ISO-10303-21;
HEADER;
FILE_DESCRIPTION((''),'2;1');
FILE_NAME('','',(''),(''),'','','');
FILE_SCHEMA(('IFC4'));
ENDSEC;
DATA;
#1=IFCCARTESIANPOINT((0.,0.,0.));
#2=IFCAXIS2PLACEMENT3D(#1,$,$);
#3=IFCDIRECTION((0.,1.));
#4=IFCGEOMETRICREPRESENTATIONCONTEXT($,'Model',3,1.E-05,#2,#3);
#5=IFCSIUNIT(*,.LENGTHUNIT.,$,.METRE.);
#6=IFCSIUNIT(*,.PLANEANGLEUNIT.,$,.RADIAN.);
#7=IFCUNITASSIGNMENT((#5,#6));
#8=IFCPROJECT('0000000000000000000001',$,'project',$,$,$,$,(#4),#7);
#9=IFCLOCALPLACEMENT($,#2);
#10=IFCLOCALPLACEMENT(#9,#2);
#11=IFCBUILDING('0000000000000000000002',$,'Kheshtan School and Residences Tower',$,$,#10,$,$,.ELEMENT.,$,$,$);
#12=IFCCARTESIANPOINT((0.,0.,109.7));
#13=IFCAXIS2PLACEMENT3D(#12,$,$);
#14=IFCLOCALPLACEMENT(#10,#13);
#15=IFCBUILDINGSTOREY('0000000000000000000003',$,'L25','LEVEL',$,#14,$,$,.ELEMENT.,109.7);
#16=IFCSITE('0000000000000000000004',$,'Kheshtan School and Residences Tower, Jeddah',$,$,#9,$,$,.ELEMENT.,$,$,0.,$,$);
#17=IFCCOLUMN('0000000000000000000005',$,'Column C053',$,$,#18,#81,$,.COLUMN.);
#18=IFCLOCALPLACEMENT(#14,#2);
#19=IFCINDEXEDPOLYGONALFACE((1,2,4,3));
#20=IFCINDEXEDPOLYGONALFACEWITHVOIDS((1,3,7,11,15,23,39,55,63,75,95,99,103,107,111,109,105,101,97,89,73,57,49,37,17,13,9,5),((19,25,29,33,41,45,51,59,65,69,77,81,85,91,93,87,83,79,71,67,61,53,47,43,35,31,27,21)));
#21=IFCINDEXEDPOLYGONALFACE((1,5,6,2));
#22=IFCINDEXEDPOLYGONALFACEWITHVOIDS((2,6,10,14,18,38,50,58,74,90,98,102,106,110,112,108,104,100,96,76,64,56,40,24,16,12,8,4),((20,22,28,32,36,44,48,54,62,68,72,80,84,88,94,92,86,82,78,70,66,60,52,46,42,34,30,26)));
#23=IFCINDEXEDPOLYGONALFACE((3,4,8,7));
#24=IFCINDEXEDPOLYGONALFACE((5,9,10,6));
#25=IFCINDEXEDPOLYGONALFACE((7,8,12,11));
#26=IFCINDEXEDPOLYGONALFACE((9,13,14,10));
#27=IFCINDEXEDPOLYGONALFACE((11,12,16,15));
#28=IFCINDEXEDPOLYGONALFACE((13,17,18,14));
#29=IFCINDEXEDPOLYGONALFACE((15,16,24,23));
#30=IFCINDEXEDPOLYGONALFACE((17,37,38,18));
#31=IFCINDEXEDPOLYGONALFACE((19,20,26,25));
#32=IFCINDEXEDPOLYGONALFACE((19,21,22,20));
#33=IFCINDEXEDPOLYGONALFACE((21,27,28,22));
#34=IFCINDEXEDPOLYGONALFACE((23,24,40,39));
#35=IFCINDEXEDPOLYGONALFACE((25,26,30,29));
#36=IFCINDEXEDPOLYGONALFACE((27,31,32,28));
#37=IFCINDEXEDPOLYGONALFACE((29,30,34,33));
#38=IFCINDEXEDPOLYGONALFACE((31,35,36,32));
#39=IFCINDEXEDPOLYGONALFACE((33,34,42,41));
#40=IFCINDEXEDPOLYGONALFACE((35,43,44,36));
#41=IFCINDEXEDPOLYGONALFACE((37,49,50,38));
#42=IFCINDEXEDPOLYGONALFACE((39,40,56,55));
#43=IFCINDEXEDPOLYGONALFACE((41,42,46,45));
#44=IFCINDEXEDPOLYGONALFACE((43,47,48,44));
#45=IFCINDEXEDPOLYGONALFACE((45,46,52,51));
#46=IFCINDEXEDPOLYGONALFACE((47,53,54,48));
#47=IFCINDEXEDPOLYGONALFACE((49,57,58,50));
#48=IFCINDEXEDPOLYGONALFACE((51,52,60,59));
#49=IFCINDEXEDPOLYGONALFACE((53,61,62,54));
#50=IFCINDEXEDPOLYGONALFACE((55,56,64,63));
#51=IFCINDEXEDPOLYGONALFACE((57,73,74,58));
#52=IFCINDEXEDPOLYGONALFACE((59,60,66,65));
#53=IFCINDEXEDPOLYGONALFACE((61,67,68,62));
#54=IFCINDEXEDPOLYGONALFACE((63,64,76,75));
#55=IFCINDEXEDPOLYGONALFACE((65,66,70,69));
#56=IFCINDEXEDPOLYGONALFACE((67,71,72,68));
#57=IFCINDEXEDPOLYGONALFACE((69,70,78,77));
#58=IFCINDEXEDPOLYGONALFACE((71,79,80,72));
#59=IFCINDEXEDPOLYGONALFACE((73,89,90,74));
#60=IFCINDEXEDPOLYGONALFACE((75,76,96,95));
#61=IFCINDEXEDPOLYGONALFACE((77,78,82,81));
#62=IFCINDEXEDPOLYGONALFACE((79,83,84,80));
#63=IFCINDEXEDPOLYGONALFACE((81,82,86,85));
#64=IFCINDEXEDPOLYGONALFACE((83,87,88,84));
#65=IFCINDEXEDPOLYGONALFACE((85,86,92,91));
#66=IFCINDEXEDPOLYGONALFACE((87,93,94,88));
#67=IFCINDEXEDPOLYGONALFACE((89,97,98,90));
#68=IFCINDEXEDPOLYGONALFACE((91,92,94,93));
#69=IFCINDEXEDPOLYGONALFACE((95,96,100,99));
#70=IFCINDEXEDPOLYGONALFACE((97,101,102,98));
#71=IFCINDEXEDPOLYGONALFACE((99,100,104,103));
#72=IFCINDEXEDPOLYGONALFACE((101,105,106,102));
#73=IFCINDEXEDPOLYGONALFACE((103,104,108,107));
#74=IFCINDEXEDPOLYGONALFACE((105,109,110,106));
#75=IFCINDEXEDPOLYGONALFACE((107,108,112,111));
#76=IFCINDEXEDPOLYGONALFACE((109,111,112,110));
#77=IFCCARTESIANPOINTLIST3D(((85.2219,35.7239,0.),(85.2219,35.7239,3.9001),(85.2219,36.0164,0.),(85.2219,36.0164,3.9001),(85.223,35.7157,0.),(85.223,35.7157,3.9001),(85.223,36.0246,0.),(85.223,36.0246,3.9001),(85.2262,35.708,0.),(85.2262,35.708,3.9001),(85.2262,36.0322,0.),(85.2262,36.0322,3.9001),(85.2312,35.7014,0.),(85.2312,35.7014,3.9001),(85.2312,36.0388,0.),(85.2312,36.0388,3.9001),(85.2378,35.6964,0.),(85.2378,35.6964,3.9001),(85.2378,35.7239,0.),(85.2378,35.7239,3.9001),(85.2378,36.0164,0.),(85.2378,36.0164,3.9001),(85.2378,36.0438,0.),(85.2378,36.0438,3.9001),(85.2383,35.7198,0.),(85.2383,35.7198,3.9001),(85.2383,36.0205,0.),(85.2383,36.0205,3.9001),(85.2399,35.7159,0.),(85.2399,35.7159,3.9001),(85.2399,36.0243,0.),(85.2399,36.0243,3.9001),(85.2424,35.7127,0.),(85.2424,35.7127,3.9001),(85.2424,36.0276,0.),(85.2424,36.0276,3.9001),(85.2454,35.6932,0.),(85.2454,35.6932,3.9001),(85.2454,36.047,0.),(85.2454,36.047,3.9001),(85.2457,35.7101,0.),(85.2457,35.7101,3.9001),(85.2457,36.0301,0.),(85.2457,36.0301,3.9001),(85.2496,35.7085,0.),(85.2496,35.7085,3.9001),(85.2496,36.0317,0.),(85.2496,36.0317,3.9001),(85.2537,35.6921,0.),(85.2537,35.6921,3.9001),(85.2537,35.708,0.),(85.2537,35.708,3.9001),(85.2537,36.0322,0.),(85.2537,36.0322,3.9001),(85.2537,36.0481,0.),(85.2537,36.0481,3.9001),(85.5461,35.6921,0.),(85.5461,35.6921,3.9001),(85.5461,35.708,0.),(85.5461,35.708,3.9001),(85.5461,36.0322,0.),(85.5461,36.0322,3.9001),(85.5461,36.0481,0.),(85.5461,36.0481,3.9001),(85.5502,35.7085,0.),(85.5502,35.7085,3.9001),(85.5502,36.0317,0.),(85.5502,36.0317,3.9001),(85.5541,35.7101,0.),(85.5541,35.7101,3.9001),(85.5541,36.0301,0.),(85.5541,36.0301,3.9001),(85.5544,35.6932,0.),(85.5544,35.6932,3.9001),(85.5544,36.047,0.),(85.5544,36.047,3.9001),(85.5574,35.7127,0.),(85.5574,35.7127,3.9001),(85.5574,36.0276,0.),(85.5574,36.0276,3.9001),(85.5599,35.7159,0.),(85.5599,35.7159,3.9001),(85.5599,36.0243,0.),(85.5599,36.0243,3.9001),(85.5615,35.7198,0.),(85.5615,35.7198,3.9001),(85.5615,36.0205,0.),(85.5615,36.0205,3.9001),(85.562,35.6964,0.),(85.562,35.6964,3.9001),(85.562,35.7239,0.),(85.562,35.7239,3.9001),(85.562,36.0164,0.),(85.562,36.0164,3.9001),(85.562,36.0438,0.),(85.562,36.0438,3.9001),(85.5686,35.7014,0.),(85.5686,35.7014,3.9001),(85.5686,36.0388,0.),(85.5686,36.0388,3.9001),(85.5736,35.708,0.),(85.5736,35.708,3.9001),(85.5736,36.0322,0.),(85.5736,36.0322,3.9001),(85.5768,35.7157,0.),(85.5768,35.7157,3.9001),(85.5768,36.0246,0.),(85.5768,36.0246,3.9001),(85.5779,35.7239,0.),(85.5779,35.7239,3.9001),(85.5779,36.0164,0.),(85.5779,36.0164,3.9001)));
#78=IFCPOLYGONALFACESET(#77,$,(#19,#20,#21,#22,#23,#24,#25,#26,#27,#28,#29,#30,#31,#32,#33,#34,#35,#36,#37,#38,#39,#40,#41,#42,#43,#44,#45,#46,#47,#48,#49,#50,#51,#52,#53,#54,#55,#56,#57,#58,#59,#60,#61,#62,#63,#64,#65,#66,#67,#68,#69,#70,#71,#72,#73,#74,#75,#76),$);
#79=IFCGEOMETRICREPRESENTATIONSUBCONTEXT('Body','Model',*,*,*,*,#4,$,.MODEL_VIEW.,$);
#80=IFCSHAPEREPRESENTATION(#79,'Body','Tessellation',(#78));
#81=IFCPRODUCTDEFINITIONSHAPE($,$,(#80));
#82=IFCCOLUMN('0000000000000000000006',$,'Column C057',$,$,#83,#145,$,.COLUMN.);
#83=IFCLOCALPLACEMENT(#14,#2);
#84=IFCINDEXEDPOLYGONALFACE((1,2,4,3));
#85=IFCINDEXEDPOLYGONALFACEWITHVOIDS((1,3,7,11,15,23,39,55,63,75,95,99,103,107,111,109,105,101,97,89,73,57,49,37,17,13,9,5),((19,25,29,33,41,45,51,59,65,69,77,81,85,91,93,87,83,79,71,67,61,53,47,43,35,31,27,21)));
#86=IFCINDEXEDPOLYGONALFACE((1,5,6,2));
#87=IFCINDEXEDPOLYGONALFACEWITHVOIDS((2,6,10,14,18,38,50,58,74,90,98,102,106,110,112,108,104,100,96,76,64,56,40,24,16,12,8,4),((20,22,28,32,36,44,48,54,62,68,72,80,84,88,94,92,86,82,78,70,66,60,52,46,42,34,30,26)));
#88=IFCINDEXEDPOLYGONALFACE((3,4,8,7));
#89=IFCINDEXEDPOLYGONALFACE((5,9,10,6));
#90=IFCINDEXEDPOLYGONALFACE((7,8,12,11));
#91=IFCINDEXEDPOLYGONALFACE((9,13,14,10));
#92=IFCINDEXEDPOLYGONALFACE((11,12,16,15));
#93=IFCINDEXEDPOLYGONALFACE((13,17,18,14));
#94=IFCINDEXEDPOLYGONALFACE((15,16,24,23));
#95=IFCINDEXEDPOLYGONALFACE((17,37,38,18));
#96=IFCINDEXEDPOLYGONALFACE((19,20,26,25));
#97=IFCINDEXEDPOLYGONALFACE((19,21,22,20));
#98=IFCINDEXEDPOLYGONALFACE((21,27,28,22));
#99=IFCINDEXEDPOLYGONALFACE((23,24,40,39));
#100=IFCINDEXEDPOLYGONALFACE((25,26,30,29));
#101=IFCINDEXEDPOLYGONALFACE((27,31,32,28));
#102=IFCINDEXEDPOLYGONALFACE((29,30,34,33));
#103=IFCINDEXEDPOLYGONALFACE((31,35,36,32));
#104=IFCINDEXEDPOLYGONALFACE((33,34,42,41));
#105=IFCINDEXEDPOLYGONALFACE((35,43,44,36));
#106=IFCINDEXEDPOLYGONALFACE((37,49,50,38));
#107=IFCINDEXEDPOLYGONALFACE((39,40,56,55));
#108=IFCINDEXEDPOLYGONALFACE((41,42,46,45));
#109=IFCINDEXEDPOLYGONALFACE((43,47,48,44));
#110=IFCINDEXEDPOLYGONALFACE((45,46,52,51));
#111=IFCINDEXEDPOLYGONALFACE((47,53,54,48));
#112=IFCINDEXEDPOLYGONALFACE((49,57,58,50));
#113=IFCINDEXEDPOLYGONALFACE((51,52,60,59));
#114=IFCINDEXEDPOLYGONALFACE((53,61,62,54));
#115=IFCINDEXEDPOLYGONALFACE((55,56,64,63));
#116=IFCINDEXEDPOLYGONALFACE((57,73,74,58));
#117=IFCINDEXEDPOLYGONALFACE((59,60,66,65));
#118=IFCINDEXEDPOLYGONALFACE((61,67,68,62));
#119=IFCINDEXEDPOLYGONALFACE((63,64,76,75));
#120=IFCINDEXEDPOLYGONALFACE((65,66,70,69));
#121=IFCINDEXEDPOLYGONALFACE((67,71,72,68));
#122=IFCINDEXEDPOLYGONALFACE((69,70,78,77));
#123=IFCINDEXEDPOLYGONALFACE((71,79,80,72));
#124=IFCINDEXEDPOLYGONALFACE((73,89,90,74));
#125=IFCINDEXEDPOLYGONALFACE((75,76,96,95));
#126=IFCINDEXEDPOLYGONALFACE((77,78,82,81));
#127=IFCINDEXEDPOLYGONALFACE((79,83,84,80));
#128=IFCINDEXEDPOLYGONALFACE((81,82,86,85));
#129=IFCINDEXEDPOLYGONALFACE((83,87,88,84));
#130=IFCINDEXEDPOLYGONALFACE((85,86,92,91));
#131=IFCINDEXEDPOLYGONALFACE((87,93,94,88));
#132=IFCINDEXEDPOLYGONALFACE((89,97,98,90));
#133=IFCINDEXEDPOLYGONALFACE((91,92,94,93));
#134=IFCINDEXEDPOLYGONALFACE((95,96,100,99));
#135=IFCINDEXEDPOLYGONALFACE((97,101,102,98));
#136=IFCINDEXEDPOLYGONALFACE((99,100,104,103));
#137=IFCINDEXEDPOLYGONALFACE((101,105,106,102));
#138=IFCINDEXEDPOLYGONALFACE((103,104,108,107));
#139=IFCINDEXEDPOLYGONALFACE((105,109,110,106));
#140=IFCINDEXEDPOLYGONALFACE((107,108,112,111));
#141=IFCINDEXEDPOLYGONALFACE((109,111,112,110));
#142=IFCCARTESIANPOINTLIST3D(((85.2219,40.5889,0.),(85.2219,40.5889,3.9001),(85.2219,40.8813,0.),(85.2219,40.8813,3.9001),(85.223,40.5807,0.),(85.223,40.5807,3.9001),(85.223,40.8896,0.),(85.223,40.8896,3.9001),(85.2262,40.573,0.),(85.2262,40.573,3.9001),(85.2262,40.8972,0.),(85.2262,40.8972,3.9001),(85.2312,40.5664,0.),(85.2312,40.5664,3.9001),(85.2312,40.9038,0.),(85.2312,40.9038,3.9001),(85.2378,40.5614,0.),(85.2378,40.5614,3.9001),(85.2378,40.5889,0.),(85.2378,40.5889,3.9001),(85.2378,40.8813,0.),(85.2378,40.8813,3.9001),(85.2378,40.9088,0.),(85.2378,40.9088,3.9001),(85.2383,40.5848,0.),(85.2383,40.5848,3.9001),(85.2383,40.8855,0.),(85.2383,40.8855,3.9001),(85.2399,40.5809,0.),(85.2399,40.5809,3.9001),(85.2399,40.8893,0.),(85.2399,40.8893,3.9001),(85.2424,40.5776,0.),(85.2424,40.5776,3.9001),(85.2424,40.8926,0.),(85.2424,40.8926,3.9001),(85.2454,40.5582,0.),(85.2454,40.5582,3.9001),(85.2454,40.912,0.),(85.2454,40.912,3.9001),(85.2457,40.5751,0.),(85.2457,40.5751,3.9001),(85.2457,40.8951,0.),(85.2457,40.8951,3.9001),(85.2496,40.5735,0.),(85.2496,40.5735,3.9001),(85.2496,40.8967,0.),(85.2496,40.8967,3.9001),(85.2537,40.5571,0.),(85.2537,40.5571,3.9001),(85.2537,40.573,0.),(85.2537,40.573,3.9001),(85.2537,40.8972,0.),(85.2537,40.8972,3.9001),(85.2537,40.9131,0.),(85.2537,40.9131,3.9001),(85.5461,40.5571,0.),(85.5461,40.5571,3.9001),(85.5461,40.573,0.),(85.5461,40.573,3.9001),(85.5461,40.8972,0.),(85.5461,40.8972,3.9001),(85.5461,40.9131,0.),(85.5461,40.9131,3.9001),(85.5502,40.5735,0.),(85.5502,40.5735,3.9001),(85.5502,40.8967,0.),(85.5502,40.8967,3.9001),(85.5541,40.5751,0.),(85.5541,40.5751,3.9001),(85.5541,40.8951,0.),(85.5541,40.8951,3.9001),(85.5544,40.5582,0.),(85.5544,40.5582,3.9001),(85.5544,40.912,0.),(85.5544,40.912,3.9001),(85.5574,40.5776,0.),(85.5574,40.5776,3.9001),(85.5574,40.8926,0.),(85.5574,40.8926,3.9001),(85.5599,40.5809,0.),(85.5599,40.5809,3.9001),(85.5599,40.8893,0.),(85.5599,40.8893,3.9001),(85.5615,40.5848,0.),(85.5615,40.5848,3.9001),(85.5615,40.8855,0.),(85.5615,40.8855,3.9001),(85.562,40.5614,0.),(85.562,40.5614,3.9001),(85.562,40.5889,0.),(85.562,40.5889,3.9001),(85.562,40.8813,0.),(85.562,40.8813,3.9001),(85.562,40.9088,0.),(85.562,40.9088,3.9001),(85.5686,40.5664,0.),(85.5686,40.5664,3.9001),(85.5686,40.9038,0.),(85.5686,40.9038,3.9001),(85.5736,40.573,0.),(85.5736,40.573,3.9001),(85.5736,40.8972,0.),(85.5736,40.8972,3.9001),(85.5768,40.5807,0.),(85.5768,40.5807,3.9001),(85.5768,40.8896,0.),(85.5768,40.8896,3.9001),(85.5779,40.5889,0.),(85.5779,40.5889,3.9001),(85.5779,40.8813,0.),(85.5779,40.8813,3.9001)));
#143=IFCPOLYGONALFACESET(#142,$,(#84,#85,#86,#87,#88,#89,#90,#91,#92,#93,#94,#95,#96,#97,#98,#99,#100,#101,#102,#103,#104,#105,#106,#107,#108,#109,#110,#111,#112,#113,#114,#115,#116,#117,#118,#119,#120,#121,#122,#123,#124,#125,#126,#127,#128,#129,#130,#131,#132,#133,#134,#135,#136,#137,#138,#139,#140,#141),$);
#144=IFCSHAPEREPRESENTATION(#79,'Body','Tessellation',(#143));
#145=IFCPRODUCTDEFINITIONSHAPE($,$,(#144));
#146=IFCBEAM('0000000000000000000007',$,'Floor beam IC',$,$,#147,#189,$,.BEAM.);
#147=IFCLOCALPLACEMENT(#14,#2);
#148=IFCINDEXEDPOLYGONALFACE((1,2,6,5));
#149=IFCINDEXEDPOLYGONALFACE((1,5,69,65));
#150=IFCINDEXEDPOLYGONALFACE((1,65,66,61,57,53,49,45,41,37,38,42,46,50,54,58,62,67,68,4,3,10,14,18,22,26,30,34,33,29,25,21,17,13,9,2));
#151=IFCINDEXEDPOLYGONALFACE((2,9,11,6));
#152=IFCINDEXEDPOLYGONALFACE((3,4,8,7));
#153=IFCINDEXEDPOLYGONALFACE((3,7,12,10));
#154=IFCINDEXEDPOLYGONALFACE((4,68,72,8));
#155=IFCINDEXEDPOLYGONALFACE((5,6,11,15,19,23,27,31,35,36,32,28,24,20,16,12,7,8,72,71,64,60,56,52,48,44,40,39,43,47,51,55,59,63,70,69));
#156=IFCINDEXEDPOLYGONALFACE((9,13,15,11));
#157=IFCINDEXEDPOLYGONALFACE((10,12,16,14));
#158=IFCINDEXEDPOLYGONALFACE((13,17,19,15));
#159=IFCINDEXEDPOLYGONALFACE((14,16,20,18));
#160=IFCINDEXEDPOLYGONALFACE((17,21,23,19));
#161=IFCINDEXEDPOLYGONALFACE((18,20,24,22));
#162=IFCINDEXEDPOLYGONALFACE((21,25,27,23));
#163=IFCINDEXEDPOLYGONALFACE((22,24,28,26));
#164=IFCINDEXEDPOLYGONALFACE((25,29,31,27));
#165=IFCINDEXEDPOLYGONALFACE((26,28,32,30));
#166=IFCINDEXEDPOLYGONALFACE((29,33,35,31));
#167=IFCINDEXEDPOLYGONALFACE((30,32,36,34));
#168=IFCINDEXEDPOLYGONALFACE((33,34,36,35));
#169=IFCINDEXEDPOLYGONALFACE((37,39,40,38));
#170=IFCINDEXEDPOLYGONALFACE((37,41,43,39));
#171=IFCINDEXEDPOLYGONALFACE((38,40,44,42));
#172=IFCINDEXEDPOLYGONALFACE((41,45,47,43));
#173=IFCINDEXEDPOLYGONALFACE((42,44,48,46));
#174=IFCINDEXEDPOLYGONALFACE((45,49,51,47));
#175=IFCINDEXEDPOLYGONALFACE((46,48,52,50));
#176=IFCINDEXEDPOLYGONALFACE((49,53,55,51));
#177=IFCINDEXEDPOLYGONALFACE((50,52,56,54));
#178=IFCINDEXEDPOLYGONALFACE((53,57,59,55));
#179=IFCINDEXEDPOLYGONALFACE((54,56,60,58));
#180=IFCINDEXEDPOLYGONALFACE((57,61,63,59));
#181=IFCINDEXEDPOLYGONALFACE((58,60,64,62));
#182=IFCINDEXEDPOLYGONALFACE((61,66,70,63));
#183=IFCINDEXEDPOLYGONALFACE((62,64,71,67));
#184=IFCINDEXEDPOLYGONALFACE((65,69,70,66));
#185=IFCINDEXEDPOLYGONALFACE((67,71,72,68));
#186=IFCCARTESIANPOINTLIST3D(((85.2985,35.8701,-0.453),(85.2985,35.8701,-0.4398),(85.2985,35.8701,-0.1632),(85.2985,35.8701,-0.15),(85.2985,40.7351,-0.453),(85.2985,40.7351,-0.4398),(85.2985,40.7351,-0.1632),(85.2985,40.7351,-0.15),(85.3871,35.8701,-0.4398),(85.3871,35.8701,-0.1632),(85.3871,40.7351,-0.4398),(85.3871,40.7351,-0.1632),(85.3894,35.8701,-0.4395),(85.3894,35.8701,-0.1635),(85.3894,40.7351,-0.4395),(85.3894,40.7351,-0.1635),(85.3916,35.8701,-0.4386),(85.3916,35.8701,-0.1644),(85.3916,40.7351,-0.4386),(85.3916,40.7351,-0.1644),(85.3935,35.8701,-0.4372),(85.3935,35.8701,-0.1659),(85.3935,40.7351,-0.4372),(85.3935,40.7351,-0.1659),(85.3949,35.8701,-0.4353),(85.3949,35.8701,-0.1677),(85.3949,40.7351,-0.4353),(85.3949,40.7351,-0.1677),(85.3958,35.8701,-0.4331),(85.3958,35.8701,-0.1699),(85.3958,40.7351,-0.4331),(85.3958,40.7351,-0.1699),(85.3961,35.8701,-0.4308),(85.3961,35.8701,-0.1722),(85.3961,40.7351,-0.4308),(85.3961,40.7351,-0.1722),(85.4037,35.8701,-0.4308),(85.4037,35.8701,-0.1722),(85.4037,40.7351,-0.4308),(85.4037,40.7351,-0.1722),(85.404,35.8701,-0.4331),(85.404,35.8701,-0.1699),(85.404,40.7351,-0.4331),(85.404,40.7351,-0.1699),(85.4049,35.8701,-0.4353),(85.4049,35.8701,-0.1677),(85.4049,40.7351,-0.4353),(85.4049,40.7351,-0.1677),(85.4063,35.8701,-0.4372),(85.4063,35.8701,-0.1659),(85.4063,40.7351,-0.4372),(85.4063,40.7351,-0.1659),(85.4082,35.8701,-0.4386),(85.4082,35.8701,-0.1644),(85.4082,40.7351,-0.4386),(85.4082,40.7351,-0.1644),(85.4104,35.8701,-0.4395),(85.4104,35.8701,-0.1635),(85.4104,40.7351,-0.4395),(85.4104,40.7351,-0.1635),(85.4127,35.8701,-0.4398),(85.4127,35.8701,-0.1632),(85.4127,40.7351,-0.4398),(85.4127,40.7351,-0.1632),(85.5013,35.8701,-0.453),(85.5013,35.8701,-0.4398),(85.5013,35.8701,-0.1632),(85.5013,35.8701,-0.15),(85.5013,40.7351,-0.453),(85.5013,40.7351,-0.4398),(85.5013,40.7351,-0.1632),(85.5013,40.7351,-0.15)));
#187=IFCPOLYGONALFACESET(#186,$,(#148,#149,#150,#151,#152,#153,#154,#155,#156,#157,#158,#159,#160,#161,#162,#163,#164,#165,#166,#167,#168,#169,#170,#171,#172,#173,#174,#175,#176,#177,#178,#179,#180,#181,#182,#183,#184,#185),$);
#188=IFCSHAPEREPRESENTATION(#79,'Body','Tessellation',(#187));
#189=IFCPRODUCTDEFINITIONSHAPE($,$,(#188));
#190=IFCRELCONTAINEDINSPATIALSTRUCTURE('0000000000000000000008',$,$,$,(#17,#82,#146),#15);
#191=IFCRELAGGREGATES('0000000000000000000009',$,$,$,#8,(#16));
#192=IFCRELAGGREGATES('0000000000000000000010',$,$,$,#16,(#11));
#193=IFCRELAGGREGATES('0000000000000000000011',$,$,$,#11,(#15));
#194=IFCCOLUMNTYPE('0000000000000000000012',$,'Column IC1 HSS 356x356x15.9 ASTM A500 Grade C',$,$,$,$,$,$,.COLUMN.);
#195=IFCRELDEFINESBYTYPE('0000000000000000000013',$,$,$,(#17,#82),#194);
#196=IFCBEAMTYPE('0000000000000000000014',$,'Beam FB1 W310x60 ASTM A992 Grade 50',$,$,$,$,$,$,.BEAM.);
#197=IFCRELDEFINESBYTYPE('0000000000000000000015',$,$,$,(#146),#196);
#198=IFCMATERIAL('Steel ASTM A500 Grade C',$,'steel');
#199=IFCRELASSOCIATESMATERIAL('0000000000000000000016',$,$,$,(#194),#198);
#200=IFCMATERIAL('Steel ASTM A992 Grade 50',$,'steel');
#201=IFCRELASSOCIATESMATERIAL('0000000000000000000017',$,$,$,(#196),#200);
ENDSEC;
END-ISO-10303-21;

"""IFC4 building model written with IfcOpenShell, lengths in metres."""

from ifc_helpers import new_model, si_unit, direction, frame, origin, origin_2d, place, context, subcontext, project, spatial, hollow_rectangle, i_section, extrude, material, material_profile, profile_set, type_object, element, save


model = new_model("IFC4")

# Units and contexts
model_context = context("Model", 3, precision=1e-05, world=origin(), true_north=direction((0.0, 1.0)))
body_context = subcontext(model_context, "Body", "Model", "MODEL_VIEW")
ifc_project = project(units=[si_unit("LENGTHUNIT", "METRE"), si_unit("PLANEANGLEUNIT", "RADIAN")], contexts=[model_context])

# Site, building, storey
site_placement = place(None, origin())
site = spatial("IfcSite", under=ifc_project, at=site_placement, Name="Kheshtan School and Residences Tower, Jeddah", CompositionType="ELEMENT", RefElevation=0.0)
building_placement = place(site_placement, origin())
building = spatial("IfcBuilding", under=site, at=building_placement, Name="Kheshtan School and Residences Tower", CompositionType="ELEMENT")
storey_placement = place(building_placement, frame((0.0, 0.0, 109.7)))
storey = spatial("IfcBuildingStorey", under=building, at=storey_placement, Name="L25", Description="LEVEL", CompositionType="ELEMENT", Elevation=109.7)

# Columns
ifc_material_1 = material(Name="Steel ASTM A500 Grade C", Category="steel")
ifc_material_profile_1 = material_profile(ifc_material_1, hollow_rectangle(XDim=0.356, YDim=0.356, WallThickness=0.0159, InnerFilletRadius=0.0159, OuterFilletRadius=0.0317, at=origin_2d()), Name="HSS 356x356x15.9")
ifc_profile_set_1 = profile_set([ifc_material_profile_1], Name="Steel ASTM A500 Grade C")
column_type = type_object("IfcColumnType", Name="Column IC1 HSS 356x356x15.9 ASTM A500 Grade C", PredefinedType="COLUMN", material=ifc_profile_set_1)
for number, where, z_axis, x_axis, name in (
    (1, (85.3999, 35.8701, 0.0), (0.0, 0.0, 1.0), (1.0, 0.0, 0.0), "Column C053"),
    (2, (85.3999, 40.7351, 0.0), (0.0, 0.0, 1.0), (1.0, 0.0, 0.0), "Column C057"),
):
    element("IfcColumn", number, at=place(storey_placement, frame(where, z_axis=z_axis, x_axis=x_axis)), inside=storey, type_object=column_type, Name=name, PredefinedType="COLUMN", context=body_context, shape_type="SweptSolid", body=[
        extrude(hollow_rectangle(XDim=0.356, YDim=0.356, WallThickness=0.0159, InnerFilletRadius=0.0159, OuterFilletRadius=0.0317, at=origin_2d()), origin(), (0.0, 0.0, 1.0), 3.9001),
    ])

# Beam
ifc_material_2 = material(Name="Steel ASTM A992 Grade 50", Category="steel")
ifc_material_profile_2 = material_profile(ifc_material_2, i_section(OverallWidth=0.2029, OverallDepth=0.303, WebThickness=0.0076, FlangeThickness=0.0132, FilletRadius=0.009, at=origin_2d()), Name="W310x60")
ifc_profile_set_2 = profile_set([ifc_material_profile_2], Name="Steel ASTM A992 Grade 50")
beam_type = type_object("IfcBeamType", Name="Beam FB1 W310x60 ASTM A992 Grade 50", PredefinedType="BEAM", material=ifc_profile_set_2)
beam_placement = place(storey_placement, frame((85.3999, 40.7351, -0.3015), z_axis=(0.0, -1.0, 0.0), x_axis=(1.0, 0.0, 0.0)))
element("IfcBeam", 3, at=beam_placement, inside=storey, type_object=beam_type, Name="Floor beam IC", PredefinedType="BEAM", context=body_context, shape_type="SweptSolid", body=[
    extrude(i_section(OverallWidth=0.2029, OverallDepth=0.303, WebThickness=0.0076, FlangeThickness=0.0132, FilletRadius=0.009, at=origin_2d()), origin(), (0.0, 0.0, 1.0), 4.865),
])

save(model, "model.ifc")
